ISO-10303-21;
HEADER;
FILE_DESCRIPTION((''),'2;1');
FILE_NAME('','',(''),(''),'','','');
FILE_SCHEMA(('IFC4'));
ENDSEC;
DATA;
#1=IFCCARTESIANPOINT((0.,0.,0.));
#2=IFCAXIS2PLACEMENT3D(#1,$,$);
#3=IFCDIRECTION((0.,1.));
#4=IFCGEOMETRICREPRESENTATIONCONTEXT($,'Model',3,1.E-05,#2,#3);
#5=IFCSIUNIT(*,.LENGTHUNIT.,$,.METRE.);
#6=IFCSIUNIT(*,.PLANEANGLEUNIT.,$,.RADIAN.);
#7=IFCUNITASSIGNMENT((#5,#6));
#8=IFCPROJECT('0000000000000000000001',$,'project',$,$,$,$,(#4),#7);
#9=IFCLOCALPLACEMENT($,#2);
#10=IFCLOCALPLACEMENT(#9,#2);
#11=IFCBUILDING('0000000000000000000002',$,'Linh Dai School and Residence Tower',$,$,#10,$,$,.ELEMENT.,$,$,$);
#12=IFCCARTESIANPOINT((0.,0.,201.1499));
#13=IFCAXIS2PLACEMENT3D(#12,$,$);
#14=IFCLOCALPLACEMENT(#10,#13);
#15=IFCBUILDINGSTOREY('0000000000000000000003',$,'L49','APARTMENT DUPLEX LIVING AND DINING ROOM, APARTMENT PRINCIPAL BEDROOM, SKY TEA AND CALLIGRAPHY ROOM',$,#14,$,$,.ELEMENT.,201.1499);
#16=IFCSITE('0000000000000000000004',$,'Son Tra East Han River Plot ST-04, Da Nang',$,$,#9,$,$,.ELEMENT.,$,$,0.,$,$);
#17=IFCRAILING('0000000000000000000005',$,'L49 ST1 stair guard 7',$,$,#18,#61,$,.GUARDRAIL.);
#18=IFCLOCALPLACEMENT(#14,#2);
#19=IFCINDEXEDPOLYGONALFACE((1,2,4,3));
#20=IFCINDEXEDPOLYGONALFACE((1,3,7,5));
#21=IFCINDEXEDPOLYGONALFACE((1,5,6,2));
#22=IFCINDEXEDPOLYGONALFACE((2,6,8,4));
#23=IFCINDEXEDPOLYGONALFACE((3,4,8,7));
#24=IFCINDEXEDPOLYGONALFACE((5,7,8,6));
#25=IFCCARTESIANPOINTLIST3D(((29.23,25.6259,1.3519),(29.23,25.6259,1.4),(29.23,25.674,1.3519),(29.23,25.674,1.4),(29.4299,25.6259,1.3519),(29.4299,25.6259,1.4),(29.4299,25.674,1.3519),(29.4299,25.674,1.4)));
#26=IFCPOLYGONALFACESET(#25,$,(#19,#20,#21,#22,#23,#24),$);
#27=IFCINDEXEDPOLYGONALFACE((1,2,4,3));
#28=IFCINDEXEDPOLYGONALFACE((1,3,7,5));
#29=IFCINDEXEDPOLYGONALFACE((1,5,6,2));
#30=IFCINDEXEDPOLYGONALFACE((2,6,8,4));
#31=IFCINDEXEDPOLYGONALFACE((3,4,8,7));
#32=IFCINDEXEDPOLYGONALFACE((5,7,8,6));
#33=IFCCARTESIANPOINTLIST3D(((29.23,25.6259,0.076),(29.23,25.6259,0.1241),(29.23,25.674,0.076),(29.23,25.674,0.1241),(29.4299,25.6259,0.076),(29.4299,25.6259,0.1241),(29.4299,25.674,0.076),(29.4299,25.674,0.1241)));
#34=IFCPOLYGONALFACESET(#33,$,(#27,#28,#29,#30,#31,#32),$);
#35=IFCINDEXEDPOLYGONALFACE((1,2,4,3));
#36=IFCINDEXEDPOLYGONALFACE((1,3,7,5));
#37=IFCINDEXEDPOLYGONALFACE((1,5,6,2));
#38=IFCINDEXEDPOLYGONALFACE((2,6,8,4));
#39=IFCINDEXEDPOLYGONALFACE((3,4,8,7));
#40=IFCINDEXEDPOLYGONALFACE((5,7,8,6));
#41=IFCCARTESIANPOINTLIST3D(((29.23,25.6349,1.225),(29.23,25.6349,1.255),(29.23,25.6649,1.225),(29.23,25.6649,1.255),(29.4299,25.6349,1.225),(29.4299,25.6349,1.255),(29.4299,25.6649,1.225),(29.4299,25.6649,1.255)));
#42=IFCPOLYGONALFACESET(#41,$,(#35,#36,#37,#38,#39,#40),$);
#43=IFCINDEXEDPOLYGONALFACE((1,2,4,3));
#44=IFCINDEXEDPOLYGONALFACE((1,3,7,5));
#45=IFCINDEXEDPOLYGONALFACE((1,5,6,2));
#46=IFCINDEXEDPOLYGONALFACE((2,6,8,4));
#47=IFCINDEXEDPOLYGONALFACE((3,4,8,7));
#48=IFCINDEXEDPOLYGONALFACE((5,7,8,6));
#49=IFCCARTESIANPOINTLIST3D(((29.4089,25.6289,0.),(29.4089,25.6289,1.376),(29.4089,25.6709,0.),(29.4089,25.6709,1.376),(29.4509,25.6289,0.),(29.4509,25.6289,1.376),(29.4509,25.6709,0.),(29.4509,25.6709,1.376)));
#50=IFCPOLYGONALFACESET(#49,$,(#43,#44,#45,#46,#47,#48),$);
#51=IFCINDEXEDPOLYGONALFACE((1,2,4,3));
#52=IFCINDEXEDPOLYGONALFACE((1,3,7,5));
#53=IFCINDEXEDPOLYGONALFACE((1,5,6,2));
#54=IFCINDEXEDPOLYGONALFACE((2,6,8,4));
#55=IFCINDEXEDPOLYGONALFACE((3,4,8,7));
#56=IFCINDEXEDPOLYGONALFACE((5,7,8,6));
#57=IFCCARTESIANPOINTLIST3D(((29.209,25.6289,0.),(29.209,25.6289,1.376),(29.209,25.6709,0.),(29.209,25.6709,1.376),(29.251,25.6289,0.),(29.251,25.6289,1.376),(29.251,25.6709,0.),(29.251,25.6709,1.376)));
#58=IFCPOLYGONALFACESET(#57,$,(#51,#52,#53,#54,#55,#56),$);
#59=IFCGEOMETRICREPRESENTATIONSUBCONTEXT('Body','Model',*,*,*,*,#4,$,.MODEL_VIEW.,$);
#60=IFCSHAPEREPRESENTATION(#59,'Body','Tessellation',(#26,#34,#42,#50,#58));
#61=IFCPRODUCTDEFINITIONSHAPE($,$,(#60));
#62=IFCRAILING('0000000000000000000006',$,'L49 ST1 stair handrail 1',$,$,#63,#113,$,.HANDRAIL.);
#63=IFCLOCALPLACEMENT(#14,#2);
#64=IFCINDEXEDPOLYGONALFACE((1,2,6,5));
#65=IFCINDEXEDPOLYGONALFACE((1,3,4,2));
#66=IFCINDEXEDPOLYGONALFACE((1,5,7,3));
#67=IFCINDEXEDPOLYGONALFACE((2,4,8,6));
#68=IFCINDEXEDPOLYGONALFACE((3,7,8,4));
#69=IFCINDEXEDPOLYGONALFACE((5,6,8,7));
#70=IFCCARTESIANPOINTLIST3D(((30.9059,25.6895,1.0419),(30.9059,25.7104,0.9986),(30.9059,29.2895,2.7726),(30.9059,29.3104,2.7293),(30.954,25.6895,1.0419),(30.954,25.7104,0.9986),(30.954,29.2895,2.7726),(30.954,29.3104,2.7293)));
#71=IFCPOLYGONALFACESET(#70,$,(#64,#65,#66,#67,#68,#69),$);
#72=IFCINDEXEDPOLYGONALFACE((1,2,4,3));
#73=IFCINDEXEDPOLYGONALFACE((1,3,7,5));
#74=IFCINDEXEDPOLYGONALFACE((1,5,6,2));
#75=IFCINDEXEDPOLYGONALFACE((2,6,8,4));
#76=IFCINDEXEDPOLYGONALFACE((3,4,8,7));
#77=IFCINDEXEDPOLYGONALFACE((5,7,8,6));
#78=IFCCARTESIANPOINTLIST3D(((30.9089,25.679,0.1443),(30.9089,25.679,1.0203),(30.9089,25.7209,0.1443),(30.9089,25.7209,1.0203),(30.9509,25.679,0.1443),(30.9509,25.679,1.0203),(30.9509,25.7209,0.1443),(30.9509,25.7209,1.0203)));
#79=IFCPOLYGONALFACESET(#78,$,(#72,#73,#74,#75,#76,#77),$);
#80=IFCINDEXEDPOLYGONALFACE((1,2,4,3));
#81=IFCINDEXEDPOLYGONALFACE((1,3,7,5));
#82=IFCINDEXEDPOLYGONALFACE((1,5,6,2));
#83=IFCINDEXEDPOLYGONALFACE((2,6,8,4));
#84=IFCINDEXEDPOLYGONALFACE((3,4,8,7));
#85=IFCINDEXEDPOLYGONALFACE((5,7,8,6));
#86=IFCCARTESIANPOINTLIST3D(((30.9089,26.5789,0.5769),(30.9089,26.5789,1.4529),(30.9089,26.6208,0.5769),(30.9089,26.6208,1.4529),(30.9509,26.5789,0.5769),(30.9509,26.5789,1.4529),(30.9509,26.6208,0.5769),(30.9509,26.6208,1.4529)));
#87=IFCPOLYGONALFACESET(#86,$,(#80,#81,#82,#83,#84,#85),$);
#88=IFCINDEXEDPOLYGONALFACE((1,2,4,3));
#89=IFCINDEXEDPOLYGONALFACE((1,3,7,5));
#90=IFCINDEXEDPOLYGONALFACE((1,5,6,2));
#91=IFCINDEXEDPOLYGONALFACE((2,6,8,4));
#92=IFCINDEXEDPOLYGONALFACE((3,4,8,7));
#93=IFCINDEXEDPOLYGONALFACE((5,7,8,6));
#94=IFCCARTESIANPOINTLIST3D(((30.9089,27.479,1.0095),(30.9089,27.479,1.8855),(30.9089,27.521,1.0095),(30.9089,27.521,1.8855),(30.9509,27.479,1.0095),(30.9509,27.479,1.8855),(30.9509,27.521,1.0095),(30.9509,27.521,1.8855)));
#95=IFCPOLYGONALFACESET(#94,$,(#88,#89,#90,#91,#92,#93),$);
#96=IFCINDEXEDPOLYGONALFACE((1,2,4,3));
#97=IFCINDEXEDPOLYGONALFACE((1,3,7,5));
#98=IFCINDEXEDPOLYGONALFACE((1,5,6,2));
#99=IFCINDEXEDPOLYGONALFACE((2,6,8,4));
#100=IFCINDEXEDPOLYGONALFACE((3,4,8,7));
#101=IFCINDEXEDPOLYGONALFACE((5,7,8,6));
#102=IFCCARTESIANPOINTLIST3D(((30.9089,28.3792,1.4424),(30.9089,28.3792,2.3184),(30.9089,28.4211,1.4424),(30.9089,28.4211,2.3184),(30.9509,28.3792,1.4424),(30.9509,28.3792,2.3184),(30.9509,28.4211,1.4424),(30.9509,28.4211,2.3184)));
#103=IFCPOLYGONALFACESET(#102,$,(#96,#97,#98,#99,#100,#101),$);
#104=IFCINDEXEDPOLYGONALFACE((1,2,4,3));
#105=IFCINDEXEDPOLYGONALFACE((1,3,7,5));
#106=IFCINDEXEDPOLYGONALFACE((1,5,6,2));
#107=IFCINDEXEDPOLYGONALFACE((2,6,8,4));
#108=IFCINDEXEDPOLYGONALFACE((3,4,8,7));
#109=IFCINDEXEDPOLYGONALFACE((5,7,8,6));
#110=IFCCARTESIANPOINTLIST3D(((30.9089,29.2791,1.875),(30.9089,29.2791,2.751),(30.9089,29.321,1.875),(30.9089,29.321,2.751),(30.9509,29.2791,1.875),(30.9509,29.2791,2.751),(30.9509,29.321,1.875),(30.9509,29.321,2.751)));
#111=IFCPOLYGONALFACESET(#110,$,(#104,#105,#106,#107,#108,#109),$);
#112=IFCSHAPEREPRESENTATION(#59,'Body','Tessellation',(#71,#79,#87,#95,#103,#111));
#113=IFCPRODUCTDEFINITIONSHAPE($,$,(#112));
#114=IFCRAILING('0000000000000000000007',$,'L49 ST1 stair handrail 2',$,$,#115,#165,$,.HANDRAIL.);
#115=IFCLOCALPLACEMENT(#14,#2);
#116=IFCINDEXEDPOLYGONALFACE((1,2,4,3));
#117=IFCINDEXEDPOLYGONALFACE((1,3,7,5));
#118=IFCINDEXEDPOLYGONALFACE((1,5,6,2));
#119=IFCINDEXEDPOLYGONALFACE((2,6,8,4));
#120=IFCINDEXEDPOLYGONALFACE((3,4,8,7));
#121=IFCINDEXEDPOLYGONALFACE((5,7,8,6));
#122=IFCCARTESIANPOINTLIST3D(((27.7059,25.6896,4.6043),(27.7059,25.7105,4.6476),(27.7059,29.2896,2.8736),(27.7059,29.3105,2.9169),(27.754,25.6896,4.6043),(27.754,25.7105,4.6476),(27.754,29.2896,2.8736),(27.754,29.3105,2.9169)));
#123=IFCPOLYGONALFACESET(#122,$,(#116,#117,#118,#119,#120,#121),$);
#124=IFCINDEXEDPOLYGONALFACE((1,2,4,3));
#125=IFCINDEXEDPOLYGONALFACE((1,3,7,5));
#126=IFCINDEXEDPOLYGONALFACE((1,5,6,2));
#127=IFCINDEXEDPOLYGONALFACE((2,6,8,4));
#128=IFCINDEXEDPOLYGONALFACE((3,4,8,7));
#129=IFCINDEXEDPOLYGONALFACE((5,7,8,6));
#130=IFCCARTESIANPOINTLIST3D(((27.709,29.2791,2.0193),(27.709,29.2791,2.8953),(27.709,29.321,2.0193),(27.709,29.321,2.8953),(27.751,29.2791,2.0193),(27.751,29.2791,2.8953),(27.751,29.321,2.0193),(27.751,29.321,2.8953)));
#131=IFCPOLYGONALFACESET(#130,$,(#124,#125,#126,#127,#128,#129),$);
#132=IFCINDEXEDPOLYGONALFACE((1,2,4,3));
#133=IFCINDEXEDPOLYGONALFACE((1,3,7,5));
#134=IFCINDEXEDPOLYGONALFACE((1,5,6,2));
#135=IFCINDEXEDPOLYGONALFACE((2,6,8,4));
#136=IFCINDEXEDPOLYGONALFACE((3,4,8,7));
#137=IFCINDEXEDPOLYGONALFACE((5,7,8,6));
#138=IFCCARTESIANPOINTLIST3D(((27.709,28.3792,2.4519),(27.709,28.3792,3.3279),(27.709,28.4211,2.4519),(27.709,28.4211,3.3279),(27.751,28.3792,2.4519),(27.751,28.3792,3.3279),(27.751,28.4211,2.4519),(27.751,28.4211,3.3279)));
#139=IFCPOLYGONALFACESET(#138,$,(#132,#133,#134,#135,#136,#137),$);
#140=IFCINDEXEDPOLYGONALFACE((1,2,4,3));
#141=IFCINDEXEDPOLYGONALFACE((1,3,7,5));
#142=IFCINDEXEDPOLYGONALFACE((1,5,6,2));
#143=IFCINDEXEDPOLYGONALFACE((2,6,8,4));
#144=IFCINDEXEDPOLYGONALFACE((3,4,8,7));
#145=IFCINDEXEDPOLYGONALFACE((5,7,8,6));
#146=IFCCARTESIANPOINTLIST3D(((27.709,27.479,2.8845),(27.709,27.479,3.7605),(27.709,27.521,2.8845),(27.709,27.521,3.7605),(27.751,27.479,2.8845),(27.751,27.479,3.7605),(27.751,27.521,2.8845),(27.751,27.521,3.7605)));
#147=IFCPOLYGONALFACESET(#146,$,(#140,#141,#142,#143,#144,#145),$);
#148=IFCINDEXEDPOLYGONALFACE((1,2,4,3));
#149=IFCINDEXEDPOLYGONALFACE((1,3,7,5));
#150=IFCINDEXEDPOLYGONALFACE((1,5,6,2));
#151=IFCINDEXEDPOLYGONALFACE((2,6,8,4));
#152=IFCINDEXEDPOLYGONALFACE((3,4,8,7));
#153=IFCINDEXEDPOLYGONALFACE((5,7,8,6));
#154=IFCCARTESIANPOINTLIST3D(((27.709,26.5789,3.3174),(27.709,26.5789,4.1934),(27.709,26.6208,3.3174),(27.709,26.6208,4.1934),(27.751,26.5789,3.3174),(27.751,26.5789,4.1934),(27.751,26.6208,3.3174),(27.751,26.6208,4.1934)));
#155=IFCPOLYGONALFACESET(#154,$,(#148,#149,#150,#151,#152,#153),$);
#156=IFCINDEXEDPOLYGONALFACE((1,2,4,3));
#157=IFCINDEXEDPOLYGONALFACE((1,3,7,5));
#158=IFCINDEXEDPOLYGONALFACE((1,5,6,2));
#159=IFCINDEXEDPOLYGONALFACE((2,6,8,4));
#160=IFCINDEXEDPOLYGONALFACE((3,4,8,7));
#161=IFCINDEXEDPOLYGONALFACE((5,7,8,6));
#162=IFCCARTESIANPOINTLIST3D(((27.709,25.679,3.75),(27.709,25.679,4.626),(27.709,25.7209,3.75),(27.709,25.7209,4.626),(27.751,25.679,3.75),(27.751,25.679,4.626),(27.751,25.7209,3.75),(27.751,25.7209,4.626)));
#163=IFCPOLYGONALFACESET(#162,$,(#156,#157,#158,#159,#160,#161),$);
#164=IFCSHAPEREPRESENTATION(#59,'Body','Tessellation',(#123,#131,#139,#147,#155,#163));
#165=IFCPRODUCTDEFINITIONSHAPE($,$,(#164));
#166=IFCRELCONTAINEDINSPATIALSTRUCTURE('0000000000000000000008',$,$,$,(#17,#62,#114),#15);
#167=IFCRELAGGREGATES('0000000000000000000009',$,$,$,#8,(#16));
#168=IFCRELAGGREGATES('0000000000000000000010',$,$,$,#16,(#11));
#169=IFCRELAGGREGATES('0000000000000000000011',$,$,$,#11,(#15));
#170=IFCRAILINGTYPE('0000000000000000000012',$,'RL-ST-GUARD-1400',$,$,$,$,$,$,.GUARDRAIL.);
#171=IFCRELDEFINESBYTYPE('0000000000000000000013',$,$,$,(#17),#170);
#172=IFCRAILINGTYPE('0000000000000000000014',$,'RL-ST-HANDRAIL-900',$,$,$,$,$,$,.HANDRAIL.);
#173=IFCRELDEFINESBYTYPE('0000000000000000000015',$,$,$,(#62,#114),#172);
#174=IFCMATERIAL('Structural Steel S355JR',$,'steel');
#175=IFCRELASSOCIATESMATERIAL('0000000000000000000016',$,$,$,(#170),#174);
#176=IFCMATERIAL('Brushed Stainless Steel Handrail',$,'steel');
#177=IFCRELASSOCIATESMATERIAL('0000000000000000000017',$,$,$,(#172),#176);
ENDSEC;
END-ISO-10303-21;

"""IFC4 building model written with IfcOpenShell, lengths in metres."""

from ifc_helpers import new_model, si_unit, direction, frame, origin, origin_2d, place, context, subcontext, project, spatial, rectangle, extrude, source, transform, mapped, material, type_object, element, save


model = new_model("IFC4")

# Units and contexts
model_context = context("Model", 3, precision=1e-05, world=origin(), true_north=direction((0.0, 1.0)))
body_context = subcontext(model_context, "Body", "Model", "MODEL_VIEW")
ifc_project = project(units=[si_unit("LENGTHUNIT", "METRE"), si_unit("PLANEANGLEUNIT", "RADIAN")], contexts=[model_context])

# Site, building, storey
site_placement = place(None, origin())
site = spatial("IfcSite", under=ifc_project, at=site_placement, Name="Son Tra East Han River Plot ST-04, Da Nang", CompositionType="ELEMENT", RefElevation=0.0)
building_placement = place(site_placement, origin())
building = spatial("IfcBuilding", under=site, at=building_placement, Name="Linh Dai School and Residence Tower", CompositionType="ELEMENT")
storey_placement = place(building_placement, frame((0.0, 0.0, 201.1499)))
storey = spatial("IfcBuildingStorey", under=building, at=storey_placement, Name="L49", Description="APARTMENT DUPLEX LIVING AND DINING ROOM, APARTMENT PRINCIPAL BEDROOM, SKY TEA AND CALLIGRAPHY ROOM", CompositionType="ELEMENT", Elevation=201.1499)

# Shared definitions
ifc_material_1 = material(Name="Structural Steel S355JR", Category="steel")

# Railings
railing_type_1 = type_object("IfcRailingType", Name="RL-ST-GUARD-1400", PredefinedType="GUARDRAIL", material=ifc_material_1)
shared_shape_1 = source(origin(), body_context, "Body", "SweptSolid", [
    extrude(rectangle(XDim=0.0481, YDim=0.0481, at=origin_2d()), frame((0.0, 0.0, 1.376), z_axis=(-1.0, 0.0, 0.0), x_axis=(0.0, -1.0, 0.0)), (0.0, 0.0, 1.0), 0.2),
    extrude(rectangle(XDim=0.0481, YDim=0.0481, at=origin_2d()), frame((0.0, 0.0, 0.1001), z_axis=(-1.0, 0.0, 0.0), x_axis=(0.0, -1.0, 0.0)), (0.0, 0.0, 1.0), 0.2),
    extrude(rectangle(XDim=0.03, YDim=0.03, at=origin_2d()), frame((0.0, 0.0, 1.24), z_axis=(-1.0, 0.0, 0.0), x_axis=(0.0, -1.0, 0.0)), (0.0, 0.0, 1.0), 0.2),
    extrude(rectangle(XDim=0.042, YDim=0.042, at=origin_2d()), origin(), (0.0, 0.0, 1.0), 1.376),
    extrude(rectangle(XDim=0.042, YDim=0.042, at=origin_2d()), frame((-0.2, 0.0, 0.0)), (0.0, 0.0, 1.0), 1.376),
])
for number, where, name in (
    (1, (29.4299, 25.6499, 0.0), "L49 ST1 stair guard 7"),
):
    element("IfcRailing", number, at=place(storey_placement, frame(where)), inside=storey, type_object=railing_type_1, Name=name, PredefinedType="GUARDRAIL", context=body_context, shape_type="MappedRepresentation", body=[
        mapped(shared_shape_1, transform((0.0, 0.0, 0.0), x_axis=(1.0, 0.0, 0.0), y_axis=(0.0, 1.0, 0.0), z_axis=(0.0, 0.0, 1.0), scale=1.0)),
    ])
ifc_material_2 = material(Name="Brushed Stainless Steel Handrail", Category="steel")
railing_type_2 = type_object("IfcRailingType", Name="RL-ST-HANDRAIL-900", PredefinedType="HANDRAIL", material=ifc_material_2)
shared_shape_2 = source(origin(), body_context, "Body", "SweptSolid", [
    extrude(rectangle(XDim=0.0481, YDim=0.0481, at=origin_2d()), frame((0.0, 0.0, 0.876), z_axis=(0.0, 0.901263, 0.433273), x_axis=(-1.0, 0.0, 0.0)), (0.0, 0.0, 1.0), 3.9944),
    extrude(rectangle(XDim=0.042, YDim=0.042, at=origin_2d()), origin(), (0.0, 0.0, 1.0), 0.876),
    extrude(rectangle(XDim=0.042, YDim=0.042, at=origin_2d()), frame((0.0, 0.8999, 0.4326)), (0.0, 0.0, 1.0), 0.876),
    extrude(rectangle(XDim=0.042, YDim=0.042, at=origin_2d()), frame((0.0, 1.8, 0.8652)), (0.0, 0.0, 1.0), 0.876),
    extrude(rectangle(XDim=0.042, YDim=0.042, at=origin_2d()), frame((0.0, 2.7002, 1.2981)), (0.0, 0.0, 1.0), 0.876),
    extrude(rectangle(XDim=0.042, YDim=0.042, at=origin_2d()), frame((0.0, 3.6001, 1.7307)), (0.0, 0.0, 1.0), 0.876),
])
railing_1_placement = place(storey_placement, frame((30.9299, 25.7, 0.1443)))
element("IfcRailing", 2, at=railing_1_placement, inside=storey, type_object=railing_type_2, Name="L49 ST1 stair handrail 1", PredefinedType="HANDRAIL", context=body_context, shape_type="MappedRepresentation", body=[
    mapped(shared_shape_2, transform((0.0, 0.0, 0.0), x_axis=(1.0, 0.0, 0.0), y_axis=(0.0, 1.0, 0.0), z_axis=(0.0, 0.0, 1.0), scale=1.0)),
])
shared_shape_3 = source(origin(), body_context, "Body", "SweptSolid", [
    extrude(rectangle(XDim=0.0481, YDim=0.0481, at=origin_2d()), frame((0.0, 0.0, 0.876), z_axis=(0.0, -0.901263, 0.433273), x_axis=(1.0, 0.0, 0.0)), (0.0, 0.0, 1.0), 3.9944),
    extrude(rectangle(XDim=0.042, YDim=0.042, at=origin_2d()), origin(), (0.0, 0.0, 1.0), 0.876),
    extrude(rectangle(XDim=0.042, YDim=0.042, at=origin_2d()), frame((0.0, -0.8999, 0.4326)), (0.0, 0.0, 1.0), 0.876),
    extrude(rectangle(XDim=0.042, YDim=0.042, at=origin_2d()), frame((0.0, -1.8, 0.8652)), (0.0, 0.0, 1.0), 0.876),
    extrude(rectangle(XDim=0.042, YDim=0.042, at=origin_2d()), frame((0.0, -2.7002, 1.2981)), (0.0, 0.0, 1.0), 0.876),
    extrude(rectangle(XDim=0.042, YDim=0.042, at=origin_2d()), frame((0.0, -3.6001, 1.7307)), (0.0, 0.0, 1.0), 0.876),
])
railing_2_placement = place(storey_placement, frame((27.73, 29.3, 2.0193)))
element("IfcRailing", 3, at=railing_2_placement, inside=storey, type_object=railing_type_2, Name="L49 ST1 stair handrail 2", PredefinedType="HANDRAIL", context=body_context, shape_type="MappedRepresentation", body=[
    mapped(shared_shape_3, transform((0.0, 0.0, 0.0), x_axis=(1.0, 0.0, 0.0), y_axis=(0.0, 1.0, 0.0), z_axis=(0.0, 0.0, 1.0), scale=1.0)),
])

save(model, "model.ifc")
